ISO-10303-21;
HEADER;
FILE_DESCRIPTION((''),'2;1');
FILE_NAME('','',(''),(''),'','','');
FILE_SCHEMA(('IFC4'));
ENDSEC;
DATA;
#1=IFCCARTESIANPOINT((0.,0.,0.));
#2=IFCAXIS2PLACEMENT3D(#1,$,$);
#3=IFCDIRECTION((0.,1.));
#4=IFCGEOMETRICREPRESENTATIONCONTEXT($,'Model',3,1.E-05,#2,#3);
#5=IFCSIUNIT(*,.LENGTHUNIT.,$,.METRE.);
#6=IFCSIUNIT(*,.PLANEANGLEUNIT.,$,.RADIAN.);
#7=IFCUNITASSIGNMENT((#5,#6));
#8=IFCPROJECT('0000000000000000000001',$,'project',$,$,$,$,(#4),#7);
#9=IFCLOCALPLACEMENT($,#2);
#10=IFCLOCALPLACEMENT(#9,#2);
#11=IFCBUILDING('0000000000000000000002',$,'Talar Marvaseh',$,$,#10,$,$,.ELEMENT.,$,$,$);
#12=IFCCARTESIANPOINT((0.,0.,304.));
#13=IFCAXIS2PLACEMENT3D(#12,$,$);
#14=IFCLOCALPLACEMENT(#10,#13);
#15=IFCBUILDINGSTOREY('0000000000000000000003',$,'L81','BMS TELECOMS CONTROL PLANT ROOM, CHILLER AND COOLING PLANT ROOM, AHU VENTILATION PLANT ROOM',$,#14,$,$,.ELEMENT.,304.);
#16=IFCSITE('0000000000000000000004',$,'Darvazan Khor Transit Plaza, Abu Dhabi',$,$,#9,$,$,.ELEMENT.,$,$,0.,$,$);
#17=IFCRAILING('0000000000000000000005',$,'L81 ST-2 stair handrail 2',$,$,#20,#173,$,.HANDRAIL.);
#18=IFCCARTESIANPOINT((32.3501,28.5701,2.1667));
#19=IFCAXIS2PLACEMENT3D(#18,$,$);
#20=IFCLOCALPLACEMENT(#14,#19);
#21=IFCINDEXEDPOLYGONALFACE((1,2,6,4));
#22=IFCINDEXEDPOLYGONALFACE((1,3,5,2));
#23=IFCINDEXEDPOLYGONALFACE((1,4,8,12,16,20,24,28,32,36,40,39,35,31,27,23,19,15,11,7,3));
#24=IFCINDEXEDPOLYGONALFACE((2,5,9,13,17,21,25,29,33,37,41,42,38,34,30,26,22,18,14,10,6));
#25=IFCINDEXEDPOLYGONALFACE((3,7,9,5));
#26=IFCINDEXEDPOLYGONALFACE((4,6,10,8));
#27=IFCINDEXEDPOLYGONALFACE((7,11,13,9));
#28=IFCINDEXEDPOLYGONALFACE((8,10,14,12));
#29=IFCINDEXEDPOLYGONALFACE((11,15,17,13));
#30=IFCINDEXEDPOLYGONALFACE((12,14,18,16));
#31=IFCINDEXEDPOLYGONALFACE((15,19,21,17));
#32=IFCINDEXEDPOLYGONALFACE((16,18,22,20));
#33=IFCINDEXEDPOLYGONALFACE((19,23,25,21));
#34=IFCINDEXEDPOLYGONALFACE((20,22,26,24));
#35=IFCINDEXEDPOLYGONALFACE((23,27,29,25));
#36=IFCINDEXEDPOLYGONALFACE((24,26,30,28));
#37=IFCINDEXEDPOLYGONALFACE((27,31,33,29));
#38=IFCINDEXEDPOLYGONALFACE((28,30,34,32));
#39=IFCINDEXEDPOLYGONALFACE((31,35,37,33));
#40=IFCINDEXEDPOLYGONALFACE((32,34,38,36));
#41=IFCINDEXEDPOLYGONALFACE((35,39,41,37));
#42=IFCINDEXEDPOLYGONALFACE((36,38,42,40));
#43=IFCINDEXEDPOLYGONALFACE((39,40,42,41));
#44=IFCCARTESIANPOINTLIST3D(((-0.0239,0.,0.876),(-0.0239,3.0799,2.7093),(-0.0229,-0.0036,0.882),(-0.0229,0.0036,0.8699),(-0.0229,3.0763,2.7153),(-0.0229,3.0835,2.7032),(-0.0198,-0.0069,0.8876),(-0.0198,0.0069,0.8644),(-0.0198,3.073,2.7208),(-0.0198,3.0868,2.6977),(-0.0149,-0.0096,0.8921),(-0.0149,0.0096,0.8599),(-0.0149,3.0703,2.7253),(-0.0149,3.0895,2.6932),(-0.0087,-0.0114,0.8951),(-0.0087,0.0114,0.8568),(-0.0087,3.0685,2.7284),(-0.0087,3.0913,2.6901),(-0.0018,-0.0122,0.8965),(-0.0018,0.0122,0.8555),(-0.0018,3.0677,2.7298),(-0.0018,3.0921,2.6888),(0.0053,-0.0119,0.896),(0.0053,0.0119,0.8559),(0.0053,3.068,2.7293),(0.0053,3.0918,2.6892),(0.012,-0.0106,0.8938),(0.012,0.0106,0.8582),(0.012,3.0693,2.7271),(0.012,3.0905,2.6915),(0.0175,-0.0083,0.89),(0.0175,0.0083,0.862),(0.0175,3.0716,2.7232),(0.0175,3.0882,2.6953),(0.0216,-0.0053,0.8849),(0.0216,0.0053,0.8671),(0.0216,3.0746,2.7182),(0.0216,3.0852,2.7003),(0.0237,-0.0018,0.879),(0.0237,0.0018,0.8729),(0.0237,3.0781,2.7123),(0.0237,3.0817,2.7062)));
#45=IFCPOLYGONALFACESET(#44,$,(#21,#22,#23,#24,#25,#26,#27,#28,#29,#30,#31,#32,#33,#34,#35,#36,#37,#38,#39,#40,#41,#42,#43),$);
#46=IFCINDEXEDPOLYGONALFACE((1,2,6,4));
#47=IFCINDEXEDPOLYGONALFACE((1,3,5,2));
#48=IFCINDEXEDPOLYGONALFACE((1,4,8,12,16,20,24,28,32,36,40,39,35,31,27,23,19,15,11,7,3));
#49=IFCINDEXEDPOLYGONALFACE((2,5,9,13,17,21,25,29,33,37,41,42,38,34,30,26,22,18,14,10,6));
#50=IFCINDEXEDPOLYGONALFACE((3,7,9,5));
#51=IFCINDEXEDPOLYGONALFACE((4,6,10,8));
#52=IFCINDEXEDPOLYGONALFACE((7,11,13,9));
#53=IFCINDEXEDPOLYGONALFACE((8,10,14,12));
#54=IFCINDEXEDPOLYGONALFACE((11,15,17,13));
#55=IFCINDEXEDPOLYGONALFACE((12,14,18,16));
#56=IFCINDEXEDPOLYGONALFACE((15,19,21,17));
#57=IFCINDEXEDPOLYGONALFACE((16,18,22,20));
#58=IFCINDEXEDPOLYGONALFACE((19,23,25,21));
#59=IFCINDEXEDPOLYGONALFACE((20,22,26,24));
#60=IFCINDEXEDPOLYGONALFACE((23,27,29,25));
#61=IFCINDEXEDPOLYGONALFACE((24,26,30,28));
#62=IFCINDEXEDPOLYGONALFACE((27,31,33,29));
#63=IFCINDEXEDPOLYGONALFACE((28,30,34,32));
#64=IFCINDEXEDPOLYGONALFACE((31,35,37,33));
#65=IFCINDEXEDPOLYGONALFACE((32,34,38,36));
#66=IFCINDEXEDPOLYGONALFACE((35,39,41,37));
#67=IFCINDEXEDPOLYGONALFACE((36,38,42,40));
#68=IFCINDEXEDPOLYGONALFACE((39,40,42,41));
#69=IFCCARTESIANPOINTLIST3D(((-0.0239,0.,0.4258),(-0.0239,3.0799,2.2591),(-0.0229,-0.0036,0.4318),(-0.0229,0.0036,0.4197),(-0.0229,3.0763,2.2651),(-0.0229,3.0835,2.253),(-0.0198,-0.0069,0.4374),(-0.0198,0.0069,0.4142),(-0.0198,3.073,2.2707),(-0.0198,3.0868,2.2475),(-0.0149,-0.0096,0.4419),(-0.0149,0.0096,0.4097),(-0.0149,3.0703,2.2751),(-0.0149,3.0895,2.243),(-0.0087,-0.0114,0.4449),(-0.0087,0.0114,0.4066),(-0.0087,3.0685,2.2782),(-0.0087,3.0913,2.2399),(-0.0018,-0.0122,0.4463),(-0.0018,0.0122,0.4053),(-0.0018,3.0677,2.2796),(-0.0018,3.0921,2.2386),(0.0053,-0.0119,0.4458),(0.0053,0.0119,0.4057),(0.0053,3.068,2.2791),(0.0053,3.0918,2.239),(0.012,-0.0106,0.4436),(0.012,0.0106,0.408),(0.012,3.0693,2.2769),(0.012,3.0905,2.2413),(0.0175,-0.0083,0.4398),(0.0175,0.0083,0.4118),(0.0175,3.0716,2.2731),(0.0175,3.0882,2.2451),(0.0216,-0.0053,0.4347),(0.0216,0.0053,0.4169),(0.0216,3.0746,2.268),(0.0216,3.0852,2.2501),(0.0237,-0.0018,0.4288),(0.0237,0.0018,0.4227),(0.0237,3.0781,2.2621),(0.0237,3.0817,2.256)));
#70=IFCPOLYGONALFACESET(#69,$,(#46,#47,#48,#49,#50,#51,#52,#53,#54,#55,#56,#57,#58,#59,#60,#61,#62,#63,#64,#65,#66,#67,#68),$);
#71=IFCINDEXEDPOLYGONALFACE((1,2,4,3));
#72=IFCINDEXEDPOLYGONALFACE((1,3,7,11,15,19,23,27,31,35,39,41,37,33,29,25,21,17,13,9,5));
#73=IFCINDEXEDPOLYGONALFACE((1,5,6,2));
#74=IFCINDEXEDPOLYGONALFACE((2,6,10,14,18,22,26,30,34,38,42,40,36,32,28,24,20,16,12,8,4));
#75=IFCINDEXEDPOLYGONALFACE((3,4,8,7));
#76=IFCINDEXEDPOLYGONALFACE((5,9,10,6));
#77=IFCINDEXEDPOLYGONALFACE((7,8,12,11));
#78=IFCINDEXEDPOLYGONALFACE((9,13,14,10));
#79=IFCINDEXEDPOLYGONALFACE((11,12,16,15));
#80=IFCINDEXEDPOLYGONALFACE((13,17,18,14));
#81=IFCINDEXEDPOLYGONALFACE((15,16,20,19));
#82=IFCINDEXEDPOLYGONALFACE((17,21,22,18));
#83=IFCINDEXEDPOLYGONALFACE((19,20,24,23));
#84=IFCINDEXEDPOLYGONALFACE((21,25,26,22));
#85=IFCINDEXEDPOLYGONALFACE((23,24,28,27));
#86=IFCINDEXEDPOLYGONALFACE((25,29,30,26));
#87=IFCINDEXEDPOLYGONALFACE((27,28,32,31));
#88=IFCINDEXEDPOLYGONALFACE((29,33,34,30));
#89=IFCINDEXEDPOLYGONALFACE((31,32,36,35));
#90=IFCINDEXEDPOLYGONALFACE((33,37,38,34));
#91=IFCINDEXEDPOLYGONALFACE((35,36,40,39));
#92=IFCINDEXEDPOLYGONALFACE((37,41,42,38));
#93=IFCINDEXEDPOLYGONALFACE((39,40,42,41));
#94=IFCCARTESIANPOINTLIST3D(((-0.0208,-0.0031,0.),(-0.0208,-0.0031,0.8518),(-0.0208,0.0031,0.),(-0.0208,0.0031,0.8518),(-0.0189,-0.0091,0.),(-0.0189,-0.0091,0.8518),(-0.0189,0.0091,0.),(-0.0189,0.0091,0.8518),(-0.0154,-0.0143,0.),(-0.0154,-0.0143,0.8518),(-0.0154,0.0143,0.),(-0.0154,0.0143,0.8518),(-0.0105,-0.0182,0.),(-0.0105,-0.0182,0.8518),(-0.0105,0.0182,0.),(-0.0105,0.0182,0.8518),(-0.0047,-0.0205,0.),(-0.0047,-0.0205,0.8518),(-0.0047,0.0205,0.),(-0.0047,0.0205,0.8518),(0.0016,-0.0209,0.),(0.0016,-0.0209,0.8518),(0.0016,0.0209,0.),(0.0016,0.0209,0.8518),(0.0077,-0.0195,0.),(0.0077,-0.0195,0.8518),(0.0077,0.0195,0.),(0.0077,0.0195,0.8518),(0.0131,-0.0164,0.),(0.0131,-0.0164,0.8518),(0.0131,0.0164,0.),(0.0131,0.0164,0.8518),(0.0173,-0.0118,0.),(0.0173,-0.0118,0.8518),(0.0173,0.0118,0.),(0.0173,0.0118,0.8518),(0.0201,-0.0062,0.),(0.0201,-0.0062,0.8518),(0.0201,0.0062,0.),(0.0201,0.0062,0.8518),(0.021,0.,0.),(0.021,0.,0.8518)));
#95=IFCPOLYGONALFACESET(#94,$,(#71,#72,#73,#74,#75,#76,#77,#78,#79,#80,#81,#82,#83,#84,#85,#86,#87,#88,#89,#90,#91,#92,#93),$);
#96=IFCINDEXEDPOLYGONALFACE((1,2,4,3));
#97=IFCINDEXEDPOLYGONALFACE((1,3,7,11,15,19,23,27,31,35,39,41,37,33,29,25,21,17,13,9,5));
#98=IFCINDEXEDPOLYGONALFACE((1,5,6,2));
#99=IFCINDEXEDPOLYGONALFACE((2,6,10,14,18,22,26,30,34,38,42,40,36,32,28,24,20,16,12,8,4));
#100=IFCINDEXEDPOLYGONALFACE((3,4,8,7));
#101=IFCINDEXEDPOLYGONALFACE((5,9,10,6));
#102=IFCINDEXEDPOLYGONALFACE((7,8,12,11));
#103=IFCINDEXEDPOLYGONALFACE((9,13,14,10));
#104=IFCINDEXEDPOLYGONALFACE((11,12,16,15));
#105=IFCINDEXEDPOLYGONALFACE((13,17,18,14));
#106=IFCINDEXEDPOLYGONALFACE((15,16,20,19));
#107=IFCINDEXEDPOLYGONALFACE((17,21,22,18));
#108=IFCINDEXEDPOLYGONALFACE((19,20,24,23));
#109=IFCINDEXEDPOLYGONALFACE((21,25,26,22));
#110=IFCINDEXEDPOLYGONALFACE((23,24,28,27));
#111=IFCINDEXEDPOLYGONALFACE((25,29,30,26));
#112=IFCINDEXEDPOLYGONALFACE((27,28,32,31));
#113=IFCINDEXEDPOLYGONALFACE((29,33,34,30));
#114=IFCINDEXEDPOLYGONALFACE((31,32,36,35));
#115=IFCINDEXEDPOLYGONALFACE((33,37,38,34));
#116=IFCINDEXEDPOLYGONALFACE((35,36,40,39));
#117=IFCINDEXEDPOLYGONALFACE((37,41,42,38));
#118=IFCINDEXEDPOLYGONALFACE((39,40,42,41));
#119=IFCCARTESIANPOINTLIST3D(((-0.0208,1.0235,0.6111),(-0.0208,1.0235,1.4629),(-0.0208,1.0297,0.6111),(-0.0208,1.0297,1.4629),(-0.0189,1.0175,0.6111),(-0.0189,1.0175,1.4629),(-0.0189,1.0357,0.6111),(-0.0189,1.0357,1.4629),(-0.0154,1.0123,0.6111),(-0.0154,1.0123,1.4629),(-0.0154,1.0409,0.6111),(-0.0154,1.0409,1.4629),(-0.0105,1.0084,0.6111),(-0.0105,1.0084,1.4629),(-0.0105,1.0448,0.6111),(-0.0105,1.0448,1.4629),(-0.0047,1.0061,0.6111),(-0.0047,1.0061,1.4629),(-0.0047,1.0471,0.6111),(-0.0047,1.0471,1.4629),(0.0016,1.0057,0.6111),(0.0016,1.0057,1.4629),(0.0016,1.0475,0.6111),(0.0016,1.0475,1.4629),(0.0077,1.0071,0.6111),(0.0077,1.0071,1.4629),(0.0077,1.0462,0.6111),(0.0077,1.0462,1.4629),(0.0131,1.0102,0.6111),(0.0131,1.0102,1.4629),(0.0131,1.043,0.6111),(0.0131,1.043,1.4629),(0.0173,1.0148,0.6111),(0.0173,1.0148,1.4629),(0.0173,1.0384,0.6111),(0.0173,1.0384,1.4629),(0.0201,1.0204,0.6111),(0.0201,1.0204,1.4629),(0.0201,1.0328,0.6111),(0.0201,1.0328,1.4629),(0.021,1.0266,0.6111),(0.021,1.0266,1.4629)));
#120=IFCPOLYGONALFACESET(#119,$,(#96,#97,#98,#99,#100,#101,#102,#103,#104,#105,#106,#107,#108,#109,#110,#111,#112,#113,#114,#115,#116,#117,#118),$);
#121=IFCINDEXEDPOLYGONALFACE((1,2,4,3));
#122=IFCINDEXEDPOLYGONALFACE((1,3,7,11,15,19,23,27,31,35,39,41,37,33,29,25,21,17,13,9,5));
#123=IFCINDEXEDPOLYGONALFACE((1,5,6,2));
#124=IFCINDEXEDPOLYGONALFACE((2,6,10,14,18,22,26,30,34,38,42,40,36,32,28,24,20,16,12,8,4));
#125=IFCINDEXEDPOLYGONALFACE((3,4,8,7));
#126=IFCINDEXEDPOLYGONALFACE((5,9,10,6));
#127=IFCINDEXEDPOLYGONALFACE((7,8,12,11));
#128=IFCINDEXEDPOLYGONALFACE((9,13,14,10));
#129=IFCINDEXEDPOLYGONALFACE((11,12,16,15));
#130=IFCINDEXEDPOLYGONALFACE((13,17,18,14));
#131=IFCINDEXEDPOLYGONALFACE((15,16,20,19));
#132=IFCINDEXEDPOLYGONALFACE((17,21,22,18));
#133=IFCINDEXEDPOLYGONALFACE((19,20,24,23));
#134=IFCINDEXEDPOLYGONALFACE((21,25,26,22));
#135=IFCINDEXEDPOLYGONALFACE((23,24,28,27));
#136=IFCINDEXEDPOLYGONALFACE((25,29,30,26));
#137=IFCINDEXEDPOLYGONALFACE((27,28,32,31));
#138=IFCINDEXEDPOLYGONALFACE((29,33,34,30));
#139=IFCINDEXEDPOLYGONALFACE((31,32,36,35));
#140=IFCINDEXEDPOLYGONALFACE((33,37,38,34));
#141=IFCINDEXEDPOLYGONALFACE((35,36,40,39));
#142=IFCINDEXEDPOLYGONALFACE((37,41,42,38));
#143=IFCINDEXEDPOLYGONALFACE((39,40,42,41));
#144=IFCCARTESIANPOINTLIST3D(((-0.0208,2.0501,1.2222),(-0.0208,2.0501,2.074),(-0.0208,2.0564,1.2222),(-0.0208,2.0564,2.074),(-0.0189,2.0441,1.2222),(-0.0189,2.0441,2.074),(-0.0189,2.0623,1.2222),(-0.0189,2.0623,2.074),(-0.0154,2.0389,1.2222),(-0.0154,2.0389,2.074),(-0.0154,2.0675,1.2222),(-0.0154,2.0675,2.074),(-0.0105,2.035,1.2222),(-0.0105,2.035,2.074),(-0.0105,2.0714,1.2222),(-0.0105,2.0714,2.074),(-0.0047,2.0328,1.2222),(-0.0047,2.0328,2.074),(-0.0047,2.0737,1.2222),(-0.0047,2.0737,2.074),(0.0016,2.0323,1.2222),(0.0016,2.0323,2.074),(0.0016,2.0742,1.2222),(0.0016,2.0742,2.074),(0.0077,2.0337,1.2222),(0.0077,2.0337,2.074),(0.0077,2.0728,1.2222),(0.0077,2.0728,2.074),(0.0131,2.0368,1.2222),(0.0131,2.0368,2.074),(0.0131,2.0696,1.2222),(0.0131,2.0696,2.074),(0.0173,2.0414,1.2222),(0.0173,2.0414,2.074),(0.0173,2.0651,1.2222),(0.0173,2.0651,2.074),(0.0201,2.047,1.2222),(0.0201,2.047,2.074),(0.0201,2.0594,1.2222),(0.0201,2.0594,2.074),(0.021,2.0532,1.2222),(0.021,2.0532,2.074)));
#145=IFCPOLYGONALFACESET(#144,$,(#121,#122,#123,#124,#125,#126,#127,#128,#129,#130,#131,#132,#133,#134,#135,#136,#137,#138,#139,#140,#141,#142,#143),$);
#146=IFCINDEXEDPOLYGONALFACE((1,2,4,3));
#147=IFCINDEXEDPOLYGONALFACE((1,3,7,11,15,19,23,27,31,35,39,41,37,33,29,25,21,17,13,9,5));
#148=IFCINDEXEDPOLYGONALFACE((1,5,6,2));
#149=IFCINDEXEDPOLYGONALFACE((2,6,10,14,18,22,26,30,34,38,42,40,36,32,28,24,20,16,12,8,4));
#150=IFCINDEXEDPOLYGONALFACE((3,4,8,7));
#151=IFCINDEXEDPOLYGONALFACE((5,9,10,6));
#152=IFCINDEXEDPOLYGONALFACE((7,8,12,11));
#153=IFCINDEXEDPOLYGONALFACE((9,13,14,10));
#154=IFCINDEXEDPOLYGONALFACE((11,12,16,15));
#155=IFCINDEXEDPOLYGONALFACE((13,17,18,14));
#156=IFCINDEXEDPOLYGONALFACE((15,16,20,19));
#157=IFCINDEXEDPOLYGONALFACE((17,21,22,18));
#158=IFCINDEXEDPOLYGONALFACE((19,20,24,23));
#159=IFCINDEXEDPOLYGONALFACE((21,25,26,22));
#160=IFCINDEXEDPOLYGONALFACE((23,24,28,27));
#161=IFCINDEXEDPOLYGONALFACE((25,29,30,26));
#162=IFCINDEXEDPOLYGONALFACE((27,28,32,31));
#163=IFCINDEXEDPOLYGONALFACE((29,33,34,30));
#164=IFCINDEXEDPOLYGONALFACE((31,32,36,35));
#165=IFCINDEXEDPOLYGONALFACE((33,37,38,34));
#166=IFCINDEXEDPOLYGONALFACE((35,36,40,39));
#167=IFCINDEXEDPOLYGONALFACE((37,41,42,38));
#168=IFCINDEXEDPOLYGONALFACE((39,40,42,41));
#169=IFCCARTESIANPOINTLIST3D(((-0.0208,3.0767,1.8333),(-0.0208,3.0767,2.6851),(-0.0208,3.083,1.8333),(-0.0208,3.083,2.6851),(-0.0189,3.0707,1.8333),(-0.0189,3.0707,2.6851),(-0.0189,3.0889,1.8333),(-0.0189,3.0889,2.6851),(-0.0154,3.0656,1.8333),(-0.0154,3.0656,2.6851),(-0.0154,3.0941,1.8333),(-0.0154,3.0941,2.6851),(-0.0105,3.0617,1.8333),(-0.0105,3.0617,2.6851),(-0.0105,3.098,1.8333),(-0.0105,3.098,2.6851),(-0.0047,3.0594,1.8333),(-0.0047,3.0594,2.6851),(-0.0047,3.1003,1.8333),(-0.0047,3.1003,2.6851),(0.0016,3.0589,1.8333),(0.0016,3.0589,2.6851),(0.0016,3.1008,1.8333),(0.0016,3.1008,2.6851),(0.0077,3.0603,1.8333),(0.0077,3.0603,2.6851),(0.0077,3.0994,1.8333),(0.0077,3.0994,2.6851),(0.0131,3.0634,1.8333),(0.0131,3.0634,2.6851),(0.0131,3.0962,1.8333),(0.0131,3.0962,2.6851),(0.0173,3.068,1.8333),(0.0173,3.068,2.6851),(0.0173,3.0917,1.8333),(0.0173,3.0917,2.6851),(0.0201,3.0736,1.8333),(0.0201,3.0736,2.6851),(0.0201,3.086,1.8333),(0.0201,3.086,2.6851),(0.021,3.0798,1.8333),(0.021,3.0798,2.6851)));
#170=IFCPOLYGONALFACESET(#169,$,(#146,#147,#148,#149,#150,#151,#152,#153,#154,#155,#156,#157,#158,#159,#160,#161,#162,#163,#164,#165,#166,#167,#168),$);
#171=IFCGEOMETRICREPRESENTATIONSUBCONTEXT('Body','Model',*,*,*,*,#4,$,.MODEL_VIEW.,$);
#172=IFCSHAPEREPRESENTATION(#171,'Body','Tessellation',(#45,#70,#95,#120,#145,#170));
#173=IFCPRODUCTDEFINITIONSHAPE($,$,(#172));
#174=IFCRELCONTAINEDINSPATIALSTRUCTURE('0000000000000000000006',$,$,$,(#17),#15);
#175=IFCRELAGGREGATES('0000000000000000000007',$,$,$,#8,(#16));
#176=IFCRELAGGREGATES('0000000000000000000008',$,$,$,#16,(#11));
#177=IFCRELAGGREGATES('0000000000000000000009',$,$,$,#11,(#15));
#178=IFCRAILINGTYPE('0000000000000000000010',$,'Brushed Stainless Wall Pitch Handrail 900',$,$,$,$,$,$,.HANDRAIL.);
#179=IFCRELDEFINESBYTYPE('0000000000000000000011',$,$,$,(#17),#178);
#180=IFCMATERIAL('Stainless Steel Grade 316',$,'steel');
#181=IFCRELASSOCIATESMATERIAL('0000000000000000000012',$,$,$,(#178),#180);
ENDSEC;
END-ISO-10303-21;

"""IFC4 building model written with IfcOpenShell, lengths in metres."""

from ifc_helpers import new_model, si_unit, direction, frame, origin, origin_2d, place, context, subcontext, project, spatial, circle, extrude, material, type_object, element, save


model = new_model("IFC4")

# Units and contexts
model_context = context("Model", 3, precision=1e-05, world=origin(), true_north=direction((0.0, 1.0)))
body_context = subcontext(model_context, "Body", "Model", "MODEL_VIEW")
ifc_project = project(units=[si_unit("LENGTHUNIT", "METRE"), si_unit("PLANEANGLEUNIT", "RADIAN")], contexts=[model_context])

# Site, building, storey
site_placement = place(None, origin())
site = spatial("IfcSite", under=ifc_project, at=site_placement, Name="Darvazan Khor Transit Plaza, Abu Dhabi", CompositionType="ELEMENT", RefElevation=0.0)
building_placement = place(site_placement, origin())
building = spatial("IfcBuilding", under=site, at=building_placement, Name="Talar Marvaseh", CompositionType="ELEMENT")
storey_placement = place(building_placement, frame((0.0, 0.0, 304.0)))
storey = spatial("IfcBuildingStorey", under=building, at=storey_placement, Name="L81", Description="BMS TELECOMS CONTROL PLANT ROOM, CHILLER AND COOLING PLANT ROOM, AHU VENTILATION PLANT ROOM", CompositionType="ELEMENT", Elevation=304.0)

# Railing
ifc_material_1 = material(Name="Stainless Steel Grade 316", Category="steel")
railing_type_1 = type_object("IfcRailingType", Name="Brushed Stainless Wall Pitch Handrail 900", PredefinedType="HANDRAIL", material=ifc_material_1)
railing_1_placement = place(storey_placement, frame((32.3501, 28.5701, 2.1667)))
element("IfcRailing", 1, at=railing_1_placement, inside=storey, type_object=railing_type_1, Name="L81 ST-2 stair handrail 2", PredefinedType="HANDRAIL", context=body_context, shape_type="SweptSolid", body=[
    extrude(circle(Radius=0.0239, at=origin_2d()), frame((0.0, 0.0, 0.876), z_axis=(0.0, 0.859291, 0.511487), x_axis=(-1.0, 0.0, 0.0)), (0.0, 0.0, 1.0), 3.5842),
    extrude(circle(Radius=0.0239, at=origin_2d()), frame((0.0, 0.0, 0.4258), z_axis=(0.0, 0.859291, 0.511487), x_axis=(-1.0, 0.0, 0.0)), (0.0, 0.0, 1.0), 3.5842),
    extrude(circle(Radius=0.021, at=origin_2d()), origin(), (0.0, 0.0, 1.0), 0.8518),
    extrude(circle(Radius=0.021, at=origin_2d()), frame((0.0, 1.0266, 0.6111)), (0.0, 0.0, 1.0), 0.8518),
    extrude(circle(Radius=0.021, at=origin_2d()), frame((0.0, 2.0532, 1.2222)), (0.0, 0.0, 1.0), 0.8518),
    extrude(circle(Radius=0.021, at=origin_2d()), frame((0.0, 3.0798, 1.8333)), (0.0, 0.0, 1.0), 0.8518),
])

save(model, "model.ifc")
